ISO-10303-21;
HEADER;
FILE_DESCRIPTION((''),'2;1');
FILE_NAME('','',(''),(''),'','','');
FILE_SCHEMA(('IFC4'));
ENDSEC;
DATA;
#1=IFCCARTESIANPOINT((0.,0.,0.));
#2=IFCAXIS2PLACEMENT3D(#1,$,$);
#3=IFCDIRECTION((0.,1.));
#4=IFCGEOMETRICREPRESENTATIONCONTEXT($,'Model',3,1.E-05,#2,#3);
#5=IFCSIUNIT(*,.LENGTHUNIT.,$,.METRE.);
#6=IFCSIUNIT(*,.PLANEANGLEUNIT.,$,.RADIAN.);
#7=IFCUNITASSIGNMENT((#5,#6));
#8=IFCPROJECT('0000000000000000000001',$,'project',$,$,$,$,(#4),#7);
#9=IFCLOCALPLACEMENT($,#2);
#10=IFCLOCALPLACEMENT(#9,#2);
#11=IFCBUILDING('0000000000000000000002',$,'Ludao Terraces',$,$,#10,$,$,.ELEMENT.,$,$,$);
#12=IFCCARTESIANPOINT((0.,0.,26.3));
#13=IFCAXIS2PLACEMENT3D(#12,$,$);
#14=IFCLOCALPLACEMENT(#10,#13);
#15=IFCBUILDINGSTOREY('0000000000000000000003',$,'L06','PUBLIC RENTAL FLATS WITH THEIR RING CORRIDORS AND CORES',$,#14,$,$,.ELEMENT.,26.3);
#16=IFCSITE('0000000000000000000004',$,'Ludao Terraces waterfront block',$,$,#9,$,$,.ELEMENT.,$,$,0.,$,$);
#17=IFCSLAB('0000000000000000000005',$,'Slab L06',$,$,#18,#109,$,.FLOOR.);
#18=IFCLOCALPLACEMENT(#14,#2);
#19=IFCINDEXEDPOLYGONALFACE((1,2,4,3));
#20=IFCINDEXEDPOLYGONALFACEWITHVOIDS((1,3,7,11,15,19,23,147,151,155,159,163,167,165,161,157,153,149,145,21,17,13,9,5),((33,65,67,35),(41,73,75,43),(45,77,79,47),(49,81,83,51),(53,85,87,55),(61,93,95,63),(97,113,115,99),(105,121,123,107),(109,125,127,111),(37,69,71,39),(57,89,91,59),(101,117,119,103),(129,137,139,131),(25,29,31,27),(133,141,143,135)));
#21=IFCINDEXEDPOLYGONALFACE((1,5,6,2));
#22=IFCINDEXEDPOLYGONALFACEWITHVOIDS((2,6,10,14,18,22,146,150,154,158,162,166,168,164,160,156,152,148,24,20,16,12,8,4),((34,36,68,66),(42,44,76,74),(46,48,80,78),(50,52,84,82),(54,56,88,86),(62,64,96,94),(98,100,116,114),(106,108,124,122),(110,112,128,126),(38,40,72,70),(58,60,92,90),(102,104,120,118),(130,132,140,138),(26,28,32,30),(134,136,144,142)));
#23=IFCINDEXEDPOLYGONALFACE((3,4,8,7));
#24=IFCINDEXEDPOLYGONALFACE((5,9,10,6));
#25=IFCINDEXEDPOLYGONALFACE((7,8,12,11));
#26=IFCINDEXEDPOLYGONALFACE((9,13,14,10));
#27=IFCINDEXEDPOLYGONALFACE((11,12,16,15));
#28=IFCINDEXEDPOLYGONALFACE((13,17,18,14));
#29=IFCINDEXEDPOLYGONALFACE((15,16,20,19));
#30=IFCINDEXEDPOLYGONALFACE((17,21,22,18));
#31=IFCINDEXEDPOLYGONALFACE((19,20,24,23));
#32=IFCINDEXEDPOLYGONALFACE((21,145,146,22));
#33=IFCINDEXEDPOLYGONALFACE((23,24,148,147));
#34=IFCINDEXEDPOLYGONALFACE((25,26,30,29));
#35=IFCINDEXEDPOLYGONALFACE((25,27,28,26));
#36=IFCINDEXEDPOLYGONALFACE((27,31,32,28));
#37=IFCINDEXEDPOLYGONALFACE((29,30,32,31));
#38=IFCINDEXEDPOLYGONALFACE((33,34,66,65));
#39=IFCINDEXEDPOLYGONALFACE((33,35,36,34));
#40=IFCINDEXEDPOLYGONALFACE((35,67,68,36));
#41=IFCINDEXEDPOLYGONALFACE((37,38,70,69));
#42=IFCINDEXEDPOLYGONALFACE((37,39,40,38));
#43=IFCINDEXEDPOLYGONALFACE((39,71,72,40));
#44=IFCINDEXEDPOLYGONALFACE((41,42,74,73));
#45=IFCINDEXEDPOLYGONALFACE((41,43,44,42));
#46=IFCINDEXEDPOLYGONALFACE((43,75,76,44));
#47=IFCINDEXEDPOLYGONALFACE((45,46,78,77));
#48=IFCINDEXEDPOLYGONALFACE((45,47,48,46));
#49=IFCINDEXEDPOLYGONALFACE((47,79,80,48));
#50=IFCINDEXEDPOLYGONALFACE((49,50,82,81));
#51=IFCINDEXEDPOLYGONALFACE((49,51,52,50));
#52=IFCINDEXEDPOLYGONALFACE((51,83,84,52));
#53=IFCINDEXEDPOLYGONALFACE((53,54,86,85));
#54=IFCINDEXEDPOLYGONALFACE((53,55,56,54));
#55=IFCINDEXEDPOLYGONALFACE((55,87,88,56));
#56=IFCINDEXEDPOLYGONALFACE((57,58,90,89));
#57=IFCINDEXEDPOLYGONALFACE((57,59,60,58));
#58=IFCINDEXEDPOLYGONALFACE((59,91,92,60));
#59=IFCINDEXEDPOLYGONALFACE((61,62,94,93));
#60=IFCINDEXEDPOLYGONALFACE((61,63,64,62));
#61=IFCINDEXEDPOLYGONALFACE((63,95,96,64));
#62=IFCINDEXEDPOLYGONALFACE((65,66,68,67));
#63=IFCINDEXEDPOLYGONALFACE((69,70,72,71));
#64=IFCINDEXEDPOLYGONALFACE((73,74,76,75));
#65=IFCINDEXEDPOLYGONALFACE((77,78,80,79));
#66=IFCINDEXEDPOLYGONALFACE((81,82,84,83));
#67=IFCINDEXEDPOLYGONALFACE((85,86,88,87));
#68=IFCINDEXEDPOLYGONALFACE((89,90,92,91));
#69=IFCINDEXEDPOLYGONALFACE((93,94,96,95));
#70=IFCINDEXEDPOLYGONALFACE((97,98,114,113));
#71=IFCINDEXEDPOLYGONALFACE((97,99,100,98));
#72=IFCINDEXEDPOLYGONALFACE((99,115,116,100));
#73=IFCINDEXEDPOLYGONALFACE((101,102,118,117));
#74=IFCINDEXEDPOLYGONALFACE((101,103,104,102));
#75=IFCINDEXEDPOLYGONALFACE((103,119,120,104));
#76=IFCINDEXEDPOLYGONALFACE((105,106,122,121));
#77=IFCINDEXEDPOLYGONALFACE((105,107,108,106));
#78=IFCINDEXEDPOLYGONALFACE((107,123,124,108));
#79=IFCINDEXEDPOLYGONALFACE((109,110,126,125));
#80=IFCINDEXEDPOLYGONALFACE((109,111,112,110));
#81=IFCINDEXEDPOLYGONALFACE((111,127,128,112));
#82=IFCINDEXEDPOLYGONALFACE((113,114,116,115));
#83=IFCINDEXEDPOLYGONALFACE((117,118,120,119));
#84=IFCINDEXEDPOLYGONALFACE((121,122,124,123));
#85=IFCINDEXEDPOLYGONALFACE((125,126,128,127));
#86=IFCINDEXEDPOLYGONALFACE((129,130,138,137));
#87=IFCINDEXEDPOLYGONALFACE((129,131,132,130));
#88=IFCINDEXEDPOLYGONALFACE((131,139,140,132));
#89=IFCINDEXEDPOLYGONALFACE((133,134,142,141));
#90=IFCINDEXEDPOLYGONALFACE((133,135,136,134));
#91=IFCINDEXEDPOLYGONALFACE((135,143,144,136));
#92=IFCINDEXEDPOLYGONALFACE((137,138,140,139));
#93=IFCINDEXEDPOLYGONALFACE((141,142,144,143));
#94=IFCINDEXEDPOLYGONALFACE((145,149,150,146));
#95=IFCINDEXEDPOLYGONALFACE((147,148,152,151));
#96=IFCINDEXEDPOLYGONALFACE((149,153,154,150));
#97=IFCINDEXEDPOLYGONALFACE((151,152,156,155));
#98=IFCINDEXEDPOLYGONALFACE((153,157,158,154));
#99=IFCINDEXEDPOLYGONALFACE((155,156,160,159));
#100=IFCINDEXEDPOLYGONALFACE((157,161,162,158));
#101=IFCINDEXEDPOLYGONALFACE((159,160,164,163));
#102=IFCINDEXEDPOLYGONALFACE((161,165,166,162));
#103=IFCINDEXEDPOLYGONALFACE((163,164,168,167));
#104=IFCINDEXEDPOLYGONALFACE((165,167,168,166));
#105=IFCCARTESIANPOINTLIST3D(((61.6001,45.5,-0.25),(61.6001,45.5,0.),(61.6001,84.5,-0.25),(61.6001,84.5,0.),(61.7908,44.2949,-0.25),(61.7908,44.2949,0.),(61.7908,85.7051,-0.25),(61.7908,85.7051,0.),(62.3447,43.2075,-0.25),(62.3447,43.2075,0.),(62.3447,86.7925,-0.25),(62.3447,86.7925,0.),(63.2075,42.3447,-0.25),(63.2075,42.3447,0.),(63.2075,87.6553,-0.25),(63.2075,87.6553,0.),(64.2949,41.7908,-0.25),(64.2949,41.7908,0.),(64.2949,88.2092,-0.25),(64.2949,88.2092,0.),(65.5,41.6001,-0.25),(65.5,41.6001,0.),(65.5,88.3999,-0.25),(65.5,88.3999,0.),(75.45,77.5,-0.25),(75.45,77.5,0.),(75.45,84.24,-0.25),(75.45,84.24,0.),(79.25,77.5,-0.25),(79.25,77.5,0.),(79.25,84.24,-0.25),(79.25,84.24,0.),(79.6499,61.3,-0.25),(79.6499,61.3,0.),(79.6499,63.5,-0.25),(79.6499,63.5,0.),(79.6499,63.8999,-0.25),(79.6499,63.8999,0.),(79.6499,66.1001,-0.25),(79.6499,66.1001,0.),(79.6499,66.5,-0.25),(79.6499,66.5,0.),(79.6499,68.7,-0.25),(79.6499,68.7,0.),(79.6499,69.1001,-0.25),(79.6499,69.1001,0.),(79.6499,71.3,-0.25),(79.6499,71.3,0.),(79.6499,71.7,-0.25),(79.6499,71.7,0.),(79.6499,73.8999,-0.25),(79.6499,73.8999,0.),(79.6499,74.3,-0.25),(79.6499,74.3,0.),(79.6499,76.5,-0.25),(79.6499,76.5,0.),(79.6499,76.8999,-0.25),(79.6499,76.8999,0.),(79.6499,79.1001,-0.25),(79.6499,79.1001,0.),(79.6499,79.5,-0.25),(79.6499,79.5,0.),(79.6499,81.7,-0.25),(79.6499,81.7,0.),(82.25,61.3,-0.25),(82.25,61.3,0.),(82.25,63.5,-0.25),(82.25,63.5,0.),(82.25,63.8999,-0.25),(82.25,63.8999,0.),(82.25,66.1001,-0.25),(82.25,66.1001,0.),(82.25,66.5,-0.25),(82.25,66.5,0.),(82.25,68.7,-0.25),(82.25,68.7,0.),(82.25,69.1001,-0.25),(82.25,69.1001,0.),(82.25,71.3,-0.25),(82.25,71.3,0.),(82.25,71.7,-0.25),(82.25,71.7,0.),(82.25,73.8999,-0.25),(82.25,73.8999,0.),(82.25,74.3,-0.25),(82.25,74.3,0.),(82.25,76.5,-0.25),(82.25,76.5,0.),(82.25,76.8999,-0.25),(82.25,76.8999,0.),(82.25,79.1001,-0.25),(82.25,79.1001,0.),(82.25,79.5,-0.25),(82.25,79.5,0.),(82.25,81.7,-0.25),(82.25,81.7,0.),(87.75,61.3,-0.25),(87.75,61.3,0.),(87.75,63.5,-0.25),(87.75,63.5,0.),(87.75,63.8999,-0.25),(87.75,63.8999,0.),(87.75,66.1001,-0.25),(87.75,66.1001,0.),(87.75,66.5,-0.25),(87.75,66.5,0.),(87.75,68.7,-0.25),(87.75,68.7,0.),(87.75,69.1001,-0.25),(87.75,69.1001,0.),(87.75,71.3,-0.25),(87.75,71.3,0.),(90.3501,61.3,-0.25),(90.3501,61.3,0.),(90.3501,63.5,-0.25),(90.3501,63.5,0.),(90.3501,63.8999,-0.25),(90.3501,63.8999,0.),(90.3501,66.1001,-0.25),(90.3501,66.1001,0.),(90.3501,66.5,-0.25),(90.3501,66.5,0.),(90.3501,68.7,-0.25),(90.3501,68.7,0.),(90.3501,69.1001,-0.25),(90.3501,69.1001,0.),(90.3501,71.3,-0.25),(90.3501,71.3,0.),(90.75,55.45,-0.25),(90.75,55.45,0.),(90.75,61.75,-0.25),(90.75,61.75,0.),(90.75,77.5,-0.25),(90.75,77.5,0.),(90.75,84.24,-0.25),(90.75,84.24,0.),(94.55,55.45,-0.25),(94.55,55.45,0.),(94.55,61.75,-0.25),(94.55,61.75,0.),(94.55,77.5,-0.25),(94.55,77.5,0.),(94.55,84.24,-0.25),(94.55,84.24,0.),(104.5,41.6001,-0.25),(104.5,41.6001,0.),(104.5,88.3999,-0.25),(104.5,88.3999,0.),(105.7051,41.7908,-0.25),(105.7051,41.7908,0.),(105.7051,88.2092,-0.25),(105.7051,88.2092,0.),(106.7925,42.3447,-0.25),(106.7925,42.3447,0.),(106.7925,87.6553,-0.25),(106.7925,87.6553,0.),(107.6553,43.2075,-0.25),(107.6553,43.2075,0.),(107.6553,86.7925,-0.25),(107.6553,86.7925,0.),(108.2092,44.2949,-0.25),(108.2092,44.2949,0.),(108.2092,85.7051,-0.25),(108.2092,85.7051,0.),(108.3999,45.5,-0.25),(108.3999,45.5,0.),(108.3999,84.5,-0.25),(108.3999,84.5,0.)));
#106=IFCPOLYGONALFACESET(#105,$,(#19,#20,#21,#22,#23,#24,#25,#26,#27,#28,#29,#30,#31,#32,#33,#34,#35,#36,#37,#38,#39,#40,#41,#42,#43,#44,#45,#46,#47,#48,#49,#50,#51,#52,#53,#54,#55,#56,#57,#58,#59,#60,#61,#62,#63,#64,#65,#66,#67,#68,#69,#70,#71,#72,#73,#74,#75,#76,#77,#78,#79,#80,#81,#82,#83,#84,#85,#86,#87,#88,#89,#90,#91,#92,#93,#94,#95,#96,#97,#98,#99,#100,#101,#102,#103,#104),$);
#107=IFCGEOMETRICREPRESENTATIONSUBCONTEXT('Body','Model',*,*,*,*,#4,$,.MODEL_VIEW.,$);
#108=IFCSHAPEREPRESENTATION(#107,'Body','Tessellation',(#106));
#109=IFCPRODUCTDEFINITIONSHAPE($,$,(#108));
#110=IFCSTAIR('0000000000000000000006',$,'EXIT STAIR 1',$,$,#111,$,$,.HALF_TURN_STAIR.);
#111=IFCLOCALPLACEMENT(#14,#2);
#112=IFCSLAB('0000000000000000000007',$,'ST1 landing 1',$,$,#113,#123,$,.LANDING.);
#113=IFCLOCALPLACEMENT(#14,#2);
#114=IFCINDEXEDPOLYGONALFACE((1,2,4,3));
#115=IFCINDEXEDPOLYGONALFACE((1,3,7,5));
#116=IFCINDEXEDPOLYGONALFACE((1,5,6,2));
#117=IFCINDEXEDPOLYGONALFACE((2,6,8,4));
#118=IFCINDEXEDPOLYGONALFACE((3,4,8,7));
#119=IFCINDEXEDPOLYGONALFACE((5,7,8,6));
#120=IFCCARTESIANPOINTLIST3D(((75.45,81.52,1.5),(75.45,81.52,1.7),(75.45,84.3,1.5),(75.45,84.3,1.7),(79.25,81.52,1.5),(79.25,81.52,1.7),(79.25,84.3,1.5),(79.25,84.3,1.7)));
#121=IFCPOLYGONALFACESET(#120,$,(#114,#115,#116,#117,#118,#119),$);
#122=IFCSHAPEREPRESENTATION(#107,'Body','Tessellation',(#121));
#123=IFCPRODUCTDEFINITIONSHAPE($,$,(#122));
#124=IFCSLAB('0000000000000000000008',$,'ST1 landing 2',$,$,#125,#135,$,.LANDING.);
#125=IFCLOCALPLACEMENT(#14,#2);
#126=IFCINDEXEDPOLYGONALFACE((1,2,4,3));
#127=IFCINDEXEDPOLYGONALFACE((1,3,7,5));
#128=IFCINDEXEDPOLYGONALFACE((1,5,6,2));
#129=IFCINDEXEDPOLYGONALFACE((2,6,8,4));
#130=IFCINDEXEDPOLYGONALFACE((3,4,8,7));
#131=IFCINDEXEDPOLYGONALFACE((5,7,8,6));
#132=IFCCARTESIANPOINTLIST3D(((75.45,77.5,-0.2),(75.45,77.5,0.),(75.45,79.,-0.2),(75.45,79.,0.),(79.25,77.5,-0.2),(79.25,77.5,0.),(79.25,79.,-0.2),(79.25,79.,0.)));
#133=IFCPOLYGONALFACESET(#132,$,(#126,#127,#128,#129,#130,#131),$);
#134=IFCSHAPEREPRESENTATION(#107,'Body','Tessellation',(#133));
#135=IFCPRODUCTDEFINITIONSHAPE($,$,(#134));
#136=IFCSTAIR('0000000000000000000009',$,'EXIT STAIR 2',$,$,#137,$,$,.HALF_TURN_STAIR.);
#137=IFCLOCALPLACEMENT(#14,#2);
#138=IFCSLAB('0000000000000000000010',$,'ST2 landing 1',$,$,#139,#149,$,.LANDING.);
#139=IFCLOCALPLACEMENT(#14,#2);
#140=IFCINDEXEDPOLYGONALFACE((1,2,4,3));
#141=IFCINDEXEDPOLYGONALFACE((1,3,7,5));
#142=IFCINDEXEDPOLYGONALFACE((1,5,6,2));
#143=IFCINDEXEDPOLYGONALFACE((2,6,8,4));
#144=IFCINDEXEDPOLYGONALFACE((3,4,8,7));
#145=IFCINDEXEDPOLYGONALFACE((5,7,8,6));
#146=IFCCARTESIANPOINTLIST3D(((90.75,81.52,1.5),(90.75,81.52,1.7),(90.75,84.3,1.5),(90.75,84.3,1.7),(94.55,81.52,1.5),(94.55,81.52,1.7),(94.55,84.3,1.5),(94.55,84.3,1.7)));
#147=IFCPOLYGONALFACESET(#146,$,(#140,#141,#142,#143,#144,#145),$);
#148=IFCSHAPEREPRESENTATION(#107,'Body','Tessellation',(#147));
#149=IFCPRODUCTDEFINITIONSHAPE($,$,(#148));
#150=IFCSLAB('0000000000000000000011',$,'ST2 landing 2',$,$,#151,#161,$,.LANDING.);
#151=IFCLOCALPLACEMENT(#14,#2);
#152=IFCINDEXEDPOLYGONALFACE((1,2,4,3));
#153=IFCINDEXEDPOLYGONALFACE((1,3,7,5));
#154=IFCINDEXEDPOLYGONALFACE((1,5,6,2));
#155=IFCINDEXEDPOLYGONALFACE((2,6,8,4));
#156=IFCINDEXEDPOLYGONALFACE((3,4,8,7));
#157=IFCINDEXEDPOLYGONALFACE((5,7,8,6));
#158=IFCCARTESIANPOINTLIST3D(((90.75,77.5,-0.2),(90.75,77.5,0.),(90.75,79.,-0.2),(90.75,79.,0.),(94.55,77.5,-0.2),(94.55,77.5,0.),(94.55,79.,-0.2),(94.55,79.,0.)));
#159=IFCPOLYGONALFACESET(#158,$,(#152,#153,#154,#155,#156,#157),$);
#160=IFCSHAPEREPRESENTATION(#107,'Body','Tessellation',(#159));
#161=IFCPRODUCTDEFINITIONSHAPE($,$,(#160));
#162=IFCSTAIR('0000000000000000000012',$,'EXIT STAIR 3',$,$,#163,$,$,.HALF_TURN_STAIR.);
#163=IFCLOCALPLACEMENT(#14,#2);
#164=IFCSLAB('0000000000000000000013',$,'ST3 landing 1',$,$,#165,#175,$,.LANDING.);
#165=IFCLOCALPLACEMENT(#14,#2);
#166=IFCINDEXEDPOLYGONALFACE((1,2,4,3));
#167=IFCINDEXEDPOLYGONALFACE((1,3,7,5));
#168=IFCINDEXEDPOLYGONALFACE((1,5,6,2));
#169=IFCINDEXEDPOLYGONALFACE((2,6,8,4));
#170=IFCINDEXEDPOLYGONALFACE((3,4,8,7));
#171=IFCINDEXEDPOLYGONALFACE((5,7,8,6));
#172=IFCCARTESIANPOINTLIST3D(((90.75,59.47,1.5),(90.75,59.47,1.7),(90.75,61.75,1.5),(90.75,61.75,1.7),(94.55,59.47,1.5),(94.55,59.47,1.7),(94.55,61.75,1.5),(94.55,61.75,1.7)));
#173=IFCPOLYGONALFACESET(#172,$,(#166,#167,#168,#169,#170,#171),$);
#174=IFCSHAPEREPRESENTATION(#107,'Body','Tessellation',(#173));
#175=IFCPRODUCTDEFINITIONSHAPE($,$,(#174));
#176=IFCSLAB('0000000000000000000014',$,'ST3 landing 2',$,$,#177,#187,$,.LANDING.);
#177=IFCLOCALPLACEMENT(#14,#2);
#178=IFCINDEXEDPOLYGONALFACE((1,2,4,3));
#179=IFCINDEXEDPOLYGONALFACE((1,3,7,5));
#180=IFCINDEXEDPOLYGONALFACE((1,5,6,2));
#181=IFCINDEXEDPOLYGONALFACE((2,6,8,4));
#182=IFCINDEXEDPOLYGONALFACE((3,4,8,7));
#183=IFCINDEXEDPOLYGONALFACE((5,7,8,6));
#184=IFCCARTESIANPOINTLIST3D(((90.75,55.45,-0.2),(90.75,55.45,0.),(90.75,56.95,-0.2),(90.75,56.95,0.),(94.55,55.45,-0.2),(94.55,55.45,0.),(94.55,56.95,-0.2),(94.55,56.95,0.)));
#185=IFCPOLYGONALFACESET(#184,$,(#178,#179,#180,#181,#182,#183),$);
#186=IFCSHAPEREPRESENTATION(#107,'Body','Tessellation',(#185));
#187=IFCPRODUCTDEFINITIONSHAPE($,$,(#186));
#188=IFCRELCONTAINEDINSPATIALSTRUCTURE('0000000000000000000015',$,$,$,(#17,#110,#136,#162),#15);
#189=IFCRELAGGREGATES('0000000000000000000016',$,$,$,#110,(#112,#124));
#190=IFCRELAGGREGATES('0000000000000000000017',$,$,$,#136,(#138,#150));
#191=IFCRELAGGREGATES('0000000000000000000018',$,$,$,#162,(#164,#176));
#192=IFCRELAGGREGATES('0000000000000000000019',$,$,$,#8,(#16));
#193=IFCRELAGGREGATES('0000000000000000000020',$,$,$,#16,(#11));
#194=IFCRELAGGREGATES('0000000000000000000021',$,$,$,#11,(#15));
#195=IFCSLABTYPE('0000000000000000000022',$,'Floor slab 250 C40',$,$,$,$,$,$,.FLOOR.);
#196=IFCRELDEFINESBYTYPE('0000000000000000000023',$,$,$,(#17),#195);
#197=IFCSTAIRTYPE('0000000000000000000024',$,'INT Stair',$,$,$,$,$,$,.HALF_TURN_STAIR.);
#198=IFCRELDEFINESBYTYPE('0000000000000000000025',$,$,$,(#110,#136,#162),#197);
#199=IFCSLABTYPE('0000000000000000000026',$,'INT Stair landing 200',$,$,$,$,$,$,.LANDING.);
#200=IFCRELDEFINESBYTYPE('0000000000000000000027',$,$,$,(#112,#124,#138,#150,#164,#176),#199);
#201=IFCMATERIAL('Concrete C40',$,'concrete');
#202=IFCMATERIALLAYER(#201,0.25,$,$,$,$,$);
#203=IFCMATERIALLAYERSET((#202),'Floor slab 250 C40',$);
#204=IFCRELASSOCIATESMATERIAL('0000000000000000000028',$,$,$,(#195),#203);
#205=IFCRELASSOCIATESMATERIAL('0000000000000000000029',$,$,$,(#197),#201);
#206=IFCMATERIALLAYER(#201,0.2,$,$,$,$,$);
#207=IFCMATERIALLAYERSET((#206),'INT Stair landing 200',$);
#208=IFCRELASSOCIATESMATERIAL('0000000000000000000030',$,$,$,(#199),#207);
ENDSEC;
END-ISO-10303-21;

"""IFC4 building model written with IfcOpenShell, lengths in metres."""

from ifc_helpers import new_model, si_unit, direction, frame, origin, place, context, subcontext, project, spatial, polyline, outline, extrude, material, layer, layer_set, type_object, element, aggregate, save


model = new_model("IFC4")

# Units and contexts
model_context = context("Model", 3, precision=1e-05, world=origin(), true_north=direction((0.0, 1.0)))
body_context = subcontext(model_context, "Body", "Model", "MODEL_VIEW")
ifc_project = project(units=[si_unit("LENGTHUNIT", "METRE"), si_unit("PLANEANGLEUNIT", "RADIAN")], contexts=[model_context])

# Site, building, storey
site_placement = place(None, origin())
site = spatial("IfcSite", under=ifc_project, at=site_placement, Name="Ludao Terraces waterfront block", CompositionType="ELEMENT", RefElevation=0.0)
building_placement = place(site_placement, origin())
building = spatial("IfcBuilding", under=site, at=building_placement, Name="Ludao Terraces", CompositionType="ELEMENT")
storey_placement = place(building_placement, frame((0.0, 0.0, 26.3)))
storey = spatial("IfcBuildingStorey", under=building, at=storey_placement, Name="L06", Description="PUBLIC RENTAL FLATS WITH THEIR RING CORRIDORS AND CORES", CompositionType="ELEMENT", Elevation=26.3)

# Shared definitions
ifc_material_1 = material(Name="Concrete C40", Category="concrete")

# Slab
ifc_layer_1 = layer(ifc_material_1, 0.25)
ifc_layer_set_1 = layer_set([ifc_layer_1], Name="Floor slab 250 C40")
slab_type_1 = type_object("IfcSlabType", Name="Floor slab 250 C40", PredefinedType="FLOOR", material=ifc_layer_set_1)
slab_1_placement = place(storey_placement, frame((0.0, 0.0, -0.25)))
element("IfcSlab", 1, at=slab_1_placement, inside=storey, type_object=slab_type_1, Name="Slab L06", PredefinedType="FLOOR", context=body_context, shape_type="SweptSolid", body=[
    extrude(outline(polyline([(104.5, 41.6001), (105.7051, 41.7908), (106.7925, 42.3447), (107.6553, 43.2075), (108.2092, 44.2949), (108.3999, 45.5), (108.3999, 84.5), (108.2092, 85.7051), (107.6553, 86.7925), (106.7925, 87.6553), (105.7051, 88.2092), (104.5, 88.3999), (65.5, 88.3999), (64.2949, 88.2092), (63.2075, 87.6553), (62.3447, 86.7925), (61.7908, 85.7051), (61.6001, 84.5), (61.6001, 45.5), (61.7908, 44.2949), (62.3447, 43.2075), (63.2075, 42.3447), (64.2949, 41.7908), (65.5, 41.6001), (104.5, 41.6001)]), holes=[polyline([(79.6499, 61.3), (82.25, 61.3), (82.25, 63.5), (79.6499, 63.5), (79.6499, 61.3)]), polyline([(79.6499, 63.8999), (82.25, 63.8999), (82.25, 66.1001), (79.6499, 66.1001), (79.6499, 63.8999)]), polyline([(79.6499, 66.5), (82.25, 66.5), (82.25, 68.7), (79.6499, 68.7), (79.6499, 66.5)]), polyline([(79.6499, 69.1001), (82.25, 69.1001), (82.25, 71.3), (79.6499, 71.3), (79.6499, 69.1001)]), polyline([(79.6499, 71.7), (82.25, 71.7), (82.25, 73.8999), (79.6499, 73.8999), (79.6499, 71.7)]), polyline([(79.6499, 74.3), (82.25, 74.3), (82.25, 76.5), (79.6499, 76.5), (79.6499, 74.3)]), polyline([(79.6499, 76.8999), (82.25, 76.8999), (82.25, 79.1001), (79.6499, 79.1001), (79.6499, 76.8999)]), polyline([(79.6499, 79.5), (82.25, 79.5), (82.25, 81.7), (79.6499, 81.7), (79.6499, 79.5)]), polyline([(87.75, 61.3), (90.3501, 61.3), (90.3501, 63.5), (87.75, 63.5), (87.75, 61.3)]), polyline([(87.75, 63.8999), (90.3501, 63.8999), (90.3501, 66.1001), (87.75, 66.1001), (87.75, 63.8999)]), polyline([(87.75, 66.5), (90.3501, 66.5), (90.3501, 68.7), (87.75, 68.7), (87.75, 66.5)]), polyline([(87.75, 69.1001), (90.3501, 69.1001), (90.3501, 71.3), (87.75, 71.3), (87.75, 69.1001)]), polyline([(75.45, 77.5), (79.25, 77.5), (79.25, 84.24), (75.45, 84.24), (75.45, 77.5)]), polyline([(90.75, 77.5), (94.55, 77.5), (94.55, 84.24), (90.75, 84.24), (90.75, 77.5)]), polyline([(90.75, 55.45), (94.55, 55.45), (94.55, 61.75), (90.75, 61.75), (90.75, 55.45)])]), origin(), (0.0, 0.0, 1.0), 0.25),
])

# Stairs, slabs
stair_type = type_object("IfcStairType", Name="INT Stair", PredefinedType="HALF_TURN_STAIR", material=ifc_material_1)
stair_1_placement = place(storey_placement, origin())
stair_1 = element("IfcStair", 2, at=stair_1_placement, inside=storey, type_object=stair_type, Name="EXIT STAIR 1", PredefinedType="HALF_TURN_STAIR")
ifc_layer_2 = layer(ifc_material_1, 0.2)
ifc_layer_set_2 = layer_set([ifc_layer_2], Name="INT Stair landing 200")
slab_type_2 = type_object("IfcSlabType", Name="INT Stair landing 200", PredefinedType="LANDING", material=ifc_layer_set_2)
slab_2_placement = place(storey_placement, frame((0.0, 0.0, 1.5)))
slab_2 = element("IfcSlab", 3, at=slab_2_placement, type_object=slab_type_2, Name="ST1 landing 1", PredefinedType="LANDING", context=body_context, shape_type="SweptSolid", body=[
    extrude(outline(polyline([(75.45, 81.52), (79.25, 81.52), (79.25, 84.3), (75.45, 84.3), (75.45, 81.52)])), origin(), (0.0, 0.0, 1.0), 0.2),
])
slab_3_placement = place(storey_placement, frame((0.0, 0.0, -0.2)))
slab_3 = element("IfcSlab", 4, at=slab_3_placement, type_object=slab_type_2, Name="ST1 landing 2", PredefinedType="LANDING", context=body_context, shape_type="SweptSolid", body=[
    extrude(outline(polyline([(75.45, 77.5), (79.25, 77.5), (79.25, 79.0), (75.45, 79.0), (75.45, 77.5)])), origin(), (0.0, 0.0, 1.0), 0.2),
])
aggregate(stair_1, [slab_2, slab_3])
stair_2_placement = place(storey_placement, origin())
stair_2 = element("IfcStair", 5, at=stair_2_placement, inside=storey, type_object=stair_type, Name="EXIT STAIR 2", PredefinedType="HALF_TURN_STAIR")
slab_4_placement = place(storey_placement, frame((0.0, 0.0, 1.5)))
slab_4 = element("IfcSlab", 6, at=slab_4_placement, type_object=slab_type_2, Name="ST2 landing 1", PredefinedType="LANDING", context=body_context, shape_type="SweptSolid", body=[
    extrude(outline(polyline([(90.75, 81.52), (94.55, 81.52), (94.55, 84.3), (90.75, 84.3), (90.75, 81.52)])), origin(), (0.0, 0.0, 1.0), 0.2),
])
slab_5_placement = place(storey_placement, frame((0.0, 0.0, -0.2)))
slab_5 = element("IfcSlab", 7, at=slab_5_placement, type_object=slab_type_2, Name="ST2 landing 2", PredefinedType="LANDING", context=body_context, shape_type="SweptSolid", body=[
    extrude(outline(polyline([(90.75, 77.5), (94.55, 77.5), (94.55, 79.0), (90.75, 79.0), (90.75, 77.5)])), origin(), (0.0, 0.0, 1.0), 0.2),
])
aggregate(stair_2, [slab_4, slab_5])
stair_3_placement = place(storey_placement, origin())
stair_3 = element("IfcStair", 8, at=stair_3_placement, inside=storey, type_object=stair_type, Name="EXIT STAIR 3", PredefinedType="HALF_TURN_STAIR")
slab_6_placement = place(storey_placement, frame((0.0, 0.0, 1.5)))
slab_6 = element("IfcSlab", 9, at=slab_6_placement, type_object=slab_type_2, Name="ST3 landing 1", PredefinedType="LANDING", context=body_context, shape_type="SweptSolid", body=[
    extrude(outline(polyline([(90.75, 59.47), (94.55, 59.47), (94.55, 61.75), (90.75, 61.75), (90.75, 59.47)])), origin(), (0.0, 0.0, 1.0), 0.2),
])
slab_7_placement = place(storey_placement, frame((0.0, 0.0, -0.2)))
slab_7 = element("IfcSlab", 10, at=slab_7_placement, type_object=slab_type_2, Name="ST3 landing 2", PredefinedType="LANDING", context=body_context, shape_type="SweptSolid", body=[
    extrude(outline(polyline([(90.75, 55.45), (94.55, 55.45), (94.55, 56.95), (90.75, 56.95), (90.75, 55.45)])), origin(), (0.0, 0.0, 1.0), 0.2),
])
aggregate(stair_3, [slab_6, slab_7])

save(model, "model.ifc")
